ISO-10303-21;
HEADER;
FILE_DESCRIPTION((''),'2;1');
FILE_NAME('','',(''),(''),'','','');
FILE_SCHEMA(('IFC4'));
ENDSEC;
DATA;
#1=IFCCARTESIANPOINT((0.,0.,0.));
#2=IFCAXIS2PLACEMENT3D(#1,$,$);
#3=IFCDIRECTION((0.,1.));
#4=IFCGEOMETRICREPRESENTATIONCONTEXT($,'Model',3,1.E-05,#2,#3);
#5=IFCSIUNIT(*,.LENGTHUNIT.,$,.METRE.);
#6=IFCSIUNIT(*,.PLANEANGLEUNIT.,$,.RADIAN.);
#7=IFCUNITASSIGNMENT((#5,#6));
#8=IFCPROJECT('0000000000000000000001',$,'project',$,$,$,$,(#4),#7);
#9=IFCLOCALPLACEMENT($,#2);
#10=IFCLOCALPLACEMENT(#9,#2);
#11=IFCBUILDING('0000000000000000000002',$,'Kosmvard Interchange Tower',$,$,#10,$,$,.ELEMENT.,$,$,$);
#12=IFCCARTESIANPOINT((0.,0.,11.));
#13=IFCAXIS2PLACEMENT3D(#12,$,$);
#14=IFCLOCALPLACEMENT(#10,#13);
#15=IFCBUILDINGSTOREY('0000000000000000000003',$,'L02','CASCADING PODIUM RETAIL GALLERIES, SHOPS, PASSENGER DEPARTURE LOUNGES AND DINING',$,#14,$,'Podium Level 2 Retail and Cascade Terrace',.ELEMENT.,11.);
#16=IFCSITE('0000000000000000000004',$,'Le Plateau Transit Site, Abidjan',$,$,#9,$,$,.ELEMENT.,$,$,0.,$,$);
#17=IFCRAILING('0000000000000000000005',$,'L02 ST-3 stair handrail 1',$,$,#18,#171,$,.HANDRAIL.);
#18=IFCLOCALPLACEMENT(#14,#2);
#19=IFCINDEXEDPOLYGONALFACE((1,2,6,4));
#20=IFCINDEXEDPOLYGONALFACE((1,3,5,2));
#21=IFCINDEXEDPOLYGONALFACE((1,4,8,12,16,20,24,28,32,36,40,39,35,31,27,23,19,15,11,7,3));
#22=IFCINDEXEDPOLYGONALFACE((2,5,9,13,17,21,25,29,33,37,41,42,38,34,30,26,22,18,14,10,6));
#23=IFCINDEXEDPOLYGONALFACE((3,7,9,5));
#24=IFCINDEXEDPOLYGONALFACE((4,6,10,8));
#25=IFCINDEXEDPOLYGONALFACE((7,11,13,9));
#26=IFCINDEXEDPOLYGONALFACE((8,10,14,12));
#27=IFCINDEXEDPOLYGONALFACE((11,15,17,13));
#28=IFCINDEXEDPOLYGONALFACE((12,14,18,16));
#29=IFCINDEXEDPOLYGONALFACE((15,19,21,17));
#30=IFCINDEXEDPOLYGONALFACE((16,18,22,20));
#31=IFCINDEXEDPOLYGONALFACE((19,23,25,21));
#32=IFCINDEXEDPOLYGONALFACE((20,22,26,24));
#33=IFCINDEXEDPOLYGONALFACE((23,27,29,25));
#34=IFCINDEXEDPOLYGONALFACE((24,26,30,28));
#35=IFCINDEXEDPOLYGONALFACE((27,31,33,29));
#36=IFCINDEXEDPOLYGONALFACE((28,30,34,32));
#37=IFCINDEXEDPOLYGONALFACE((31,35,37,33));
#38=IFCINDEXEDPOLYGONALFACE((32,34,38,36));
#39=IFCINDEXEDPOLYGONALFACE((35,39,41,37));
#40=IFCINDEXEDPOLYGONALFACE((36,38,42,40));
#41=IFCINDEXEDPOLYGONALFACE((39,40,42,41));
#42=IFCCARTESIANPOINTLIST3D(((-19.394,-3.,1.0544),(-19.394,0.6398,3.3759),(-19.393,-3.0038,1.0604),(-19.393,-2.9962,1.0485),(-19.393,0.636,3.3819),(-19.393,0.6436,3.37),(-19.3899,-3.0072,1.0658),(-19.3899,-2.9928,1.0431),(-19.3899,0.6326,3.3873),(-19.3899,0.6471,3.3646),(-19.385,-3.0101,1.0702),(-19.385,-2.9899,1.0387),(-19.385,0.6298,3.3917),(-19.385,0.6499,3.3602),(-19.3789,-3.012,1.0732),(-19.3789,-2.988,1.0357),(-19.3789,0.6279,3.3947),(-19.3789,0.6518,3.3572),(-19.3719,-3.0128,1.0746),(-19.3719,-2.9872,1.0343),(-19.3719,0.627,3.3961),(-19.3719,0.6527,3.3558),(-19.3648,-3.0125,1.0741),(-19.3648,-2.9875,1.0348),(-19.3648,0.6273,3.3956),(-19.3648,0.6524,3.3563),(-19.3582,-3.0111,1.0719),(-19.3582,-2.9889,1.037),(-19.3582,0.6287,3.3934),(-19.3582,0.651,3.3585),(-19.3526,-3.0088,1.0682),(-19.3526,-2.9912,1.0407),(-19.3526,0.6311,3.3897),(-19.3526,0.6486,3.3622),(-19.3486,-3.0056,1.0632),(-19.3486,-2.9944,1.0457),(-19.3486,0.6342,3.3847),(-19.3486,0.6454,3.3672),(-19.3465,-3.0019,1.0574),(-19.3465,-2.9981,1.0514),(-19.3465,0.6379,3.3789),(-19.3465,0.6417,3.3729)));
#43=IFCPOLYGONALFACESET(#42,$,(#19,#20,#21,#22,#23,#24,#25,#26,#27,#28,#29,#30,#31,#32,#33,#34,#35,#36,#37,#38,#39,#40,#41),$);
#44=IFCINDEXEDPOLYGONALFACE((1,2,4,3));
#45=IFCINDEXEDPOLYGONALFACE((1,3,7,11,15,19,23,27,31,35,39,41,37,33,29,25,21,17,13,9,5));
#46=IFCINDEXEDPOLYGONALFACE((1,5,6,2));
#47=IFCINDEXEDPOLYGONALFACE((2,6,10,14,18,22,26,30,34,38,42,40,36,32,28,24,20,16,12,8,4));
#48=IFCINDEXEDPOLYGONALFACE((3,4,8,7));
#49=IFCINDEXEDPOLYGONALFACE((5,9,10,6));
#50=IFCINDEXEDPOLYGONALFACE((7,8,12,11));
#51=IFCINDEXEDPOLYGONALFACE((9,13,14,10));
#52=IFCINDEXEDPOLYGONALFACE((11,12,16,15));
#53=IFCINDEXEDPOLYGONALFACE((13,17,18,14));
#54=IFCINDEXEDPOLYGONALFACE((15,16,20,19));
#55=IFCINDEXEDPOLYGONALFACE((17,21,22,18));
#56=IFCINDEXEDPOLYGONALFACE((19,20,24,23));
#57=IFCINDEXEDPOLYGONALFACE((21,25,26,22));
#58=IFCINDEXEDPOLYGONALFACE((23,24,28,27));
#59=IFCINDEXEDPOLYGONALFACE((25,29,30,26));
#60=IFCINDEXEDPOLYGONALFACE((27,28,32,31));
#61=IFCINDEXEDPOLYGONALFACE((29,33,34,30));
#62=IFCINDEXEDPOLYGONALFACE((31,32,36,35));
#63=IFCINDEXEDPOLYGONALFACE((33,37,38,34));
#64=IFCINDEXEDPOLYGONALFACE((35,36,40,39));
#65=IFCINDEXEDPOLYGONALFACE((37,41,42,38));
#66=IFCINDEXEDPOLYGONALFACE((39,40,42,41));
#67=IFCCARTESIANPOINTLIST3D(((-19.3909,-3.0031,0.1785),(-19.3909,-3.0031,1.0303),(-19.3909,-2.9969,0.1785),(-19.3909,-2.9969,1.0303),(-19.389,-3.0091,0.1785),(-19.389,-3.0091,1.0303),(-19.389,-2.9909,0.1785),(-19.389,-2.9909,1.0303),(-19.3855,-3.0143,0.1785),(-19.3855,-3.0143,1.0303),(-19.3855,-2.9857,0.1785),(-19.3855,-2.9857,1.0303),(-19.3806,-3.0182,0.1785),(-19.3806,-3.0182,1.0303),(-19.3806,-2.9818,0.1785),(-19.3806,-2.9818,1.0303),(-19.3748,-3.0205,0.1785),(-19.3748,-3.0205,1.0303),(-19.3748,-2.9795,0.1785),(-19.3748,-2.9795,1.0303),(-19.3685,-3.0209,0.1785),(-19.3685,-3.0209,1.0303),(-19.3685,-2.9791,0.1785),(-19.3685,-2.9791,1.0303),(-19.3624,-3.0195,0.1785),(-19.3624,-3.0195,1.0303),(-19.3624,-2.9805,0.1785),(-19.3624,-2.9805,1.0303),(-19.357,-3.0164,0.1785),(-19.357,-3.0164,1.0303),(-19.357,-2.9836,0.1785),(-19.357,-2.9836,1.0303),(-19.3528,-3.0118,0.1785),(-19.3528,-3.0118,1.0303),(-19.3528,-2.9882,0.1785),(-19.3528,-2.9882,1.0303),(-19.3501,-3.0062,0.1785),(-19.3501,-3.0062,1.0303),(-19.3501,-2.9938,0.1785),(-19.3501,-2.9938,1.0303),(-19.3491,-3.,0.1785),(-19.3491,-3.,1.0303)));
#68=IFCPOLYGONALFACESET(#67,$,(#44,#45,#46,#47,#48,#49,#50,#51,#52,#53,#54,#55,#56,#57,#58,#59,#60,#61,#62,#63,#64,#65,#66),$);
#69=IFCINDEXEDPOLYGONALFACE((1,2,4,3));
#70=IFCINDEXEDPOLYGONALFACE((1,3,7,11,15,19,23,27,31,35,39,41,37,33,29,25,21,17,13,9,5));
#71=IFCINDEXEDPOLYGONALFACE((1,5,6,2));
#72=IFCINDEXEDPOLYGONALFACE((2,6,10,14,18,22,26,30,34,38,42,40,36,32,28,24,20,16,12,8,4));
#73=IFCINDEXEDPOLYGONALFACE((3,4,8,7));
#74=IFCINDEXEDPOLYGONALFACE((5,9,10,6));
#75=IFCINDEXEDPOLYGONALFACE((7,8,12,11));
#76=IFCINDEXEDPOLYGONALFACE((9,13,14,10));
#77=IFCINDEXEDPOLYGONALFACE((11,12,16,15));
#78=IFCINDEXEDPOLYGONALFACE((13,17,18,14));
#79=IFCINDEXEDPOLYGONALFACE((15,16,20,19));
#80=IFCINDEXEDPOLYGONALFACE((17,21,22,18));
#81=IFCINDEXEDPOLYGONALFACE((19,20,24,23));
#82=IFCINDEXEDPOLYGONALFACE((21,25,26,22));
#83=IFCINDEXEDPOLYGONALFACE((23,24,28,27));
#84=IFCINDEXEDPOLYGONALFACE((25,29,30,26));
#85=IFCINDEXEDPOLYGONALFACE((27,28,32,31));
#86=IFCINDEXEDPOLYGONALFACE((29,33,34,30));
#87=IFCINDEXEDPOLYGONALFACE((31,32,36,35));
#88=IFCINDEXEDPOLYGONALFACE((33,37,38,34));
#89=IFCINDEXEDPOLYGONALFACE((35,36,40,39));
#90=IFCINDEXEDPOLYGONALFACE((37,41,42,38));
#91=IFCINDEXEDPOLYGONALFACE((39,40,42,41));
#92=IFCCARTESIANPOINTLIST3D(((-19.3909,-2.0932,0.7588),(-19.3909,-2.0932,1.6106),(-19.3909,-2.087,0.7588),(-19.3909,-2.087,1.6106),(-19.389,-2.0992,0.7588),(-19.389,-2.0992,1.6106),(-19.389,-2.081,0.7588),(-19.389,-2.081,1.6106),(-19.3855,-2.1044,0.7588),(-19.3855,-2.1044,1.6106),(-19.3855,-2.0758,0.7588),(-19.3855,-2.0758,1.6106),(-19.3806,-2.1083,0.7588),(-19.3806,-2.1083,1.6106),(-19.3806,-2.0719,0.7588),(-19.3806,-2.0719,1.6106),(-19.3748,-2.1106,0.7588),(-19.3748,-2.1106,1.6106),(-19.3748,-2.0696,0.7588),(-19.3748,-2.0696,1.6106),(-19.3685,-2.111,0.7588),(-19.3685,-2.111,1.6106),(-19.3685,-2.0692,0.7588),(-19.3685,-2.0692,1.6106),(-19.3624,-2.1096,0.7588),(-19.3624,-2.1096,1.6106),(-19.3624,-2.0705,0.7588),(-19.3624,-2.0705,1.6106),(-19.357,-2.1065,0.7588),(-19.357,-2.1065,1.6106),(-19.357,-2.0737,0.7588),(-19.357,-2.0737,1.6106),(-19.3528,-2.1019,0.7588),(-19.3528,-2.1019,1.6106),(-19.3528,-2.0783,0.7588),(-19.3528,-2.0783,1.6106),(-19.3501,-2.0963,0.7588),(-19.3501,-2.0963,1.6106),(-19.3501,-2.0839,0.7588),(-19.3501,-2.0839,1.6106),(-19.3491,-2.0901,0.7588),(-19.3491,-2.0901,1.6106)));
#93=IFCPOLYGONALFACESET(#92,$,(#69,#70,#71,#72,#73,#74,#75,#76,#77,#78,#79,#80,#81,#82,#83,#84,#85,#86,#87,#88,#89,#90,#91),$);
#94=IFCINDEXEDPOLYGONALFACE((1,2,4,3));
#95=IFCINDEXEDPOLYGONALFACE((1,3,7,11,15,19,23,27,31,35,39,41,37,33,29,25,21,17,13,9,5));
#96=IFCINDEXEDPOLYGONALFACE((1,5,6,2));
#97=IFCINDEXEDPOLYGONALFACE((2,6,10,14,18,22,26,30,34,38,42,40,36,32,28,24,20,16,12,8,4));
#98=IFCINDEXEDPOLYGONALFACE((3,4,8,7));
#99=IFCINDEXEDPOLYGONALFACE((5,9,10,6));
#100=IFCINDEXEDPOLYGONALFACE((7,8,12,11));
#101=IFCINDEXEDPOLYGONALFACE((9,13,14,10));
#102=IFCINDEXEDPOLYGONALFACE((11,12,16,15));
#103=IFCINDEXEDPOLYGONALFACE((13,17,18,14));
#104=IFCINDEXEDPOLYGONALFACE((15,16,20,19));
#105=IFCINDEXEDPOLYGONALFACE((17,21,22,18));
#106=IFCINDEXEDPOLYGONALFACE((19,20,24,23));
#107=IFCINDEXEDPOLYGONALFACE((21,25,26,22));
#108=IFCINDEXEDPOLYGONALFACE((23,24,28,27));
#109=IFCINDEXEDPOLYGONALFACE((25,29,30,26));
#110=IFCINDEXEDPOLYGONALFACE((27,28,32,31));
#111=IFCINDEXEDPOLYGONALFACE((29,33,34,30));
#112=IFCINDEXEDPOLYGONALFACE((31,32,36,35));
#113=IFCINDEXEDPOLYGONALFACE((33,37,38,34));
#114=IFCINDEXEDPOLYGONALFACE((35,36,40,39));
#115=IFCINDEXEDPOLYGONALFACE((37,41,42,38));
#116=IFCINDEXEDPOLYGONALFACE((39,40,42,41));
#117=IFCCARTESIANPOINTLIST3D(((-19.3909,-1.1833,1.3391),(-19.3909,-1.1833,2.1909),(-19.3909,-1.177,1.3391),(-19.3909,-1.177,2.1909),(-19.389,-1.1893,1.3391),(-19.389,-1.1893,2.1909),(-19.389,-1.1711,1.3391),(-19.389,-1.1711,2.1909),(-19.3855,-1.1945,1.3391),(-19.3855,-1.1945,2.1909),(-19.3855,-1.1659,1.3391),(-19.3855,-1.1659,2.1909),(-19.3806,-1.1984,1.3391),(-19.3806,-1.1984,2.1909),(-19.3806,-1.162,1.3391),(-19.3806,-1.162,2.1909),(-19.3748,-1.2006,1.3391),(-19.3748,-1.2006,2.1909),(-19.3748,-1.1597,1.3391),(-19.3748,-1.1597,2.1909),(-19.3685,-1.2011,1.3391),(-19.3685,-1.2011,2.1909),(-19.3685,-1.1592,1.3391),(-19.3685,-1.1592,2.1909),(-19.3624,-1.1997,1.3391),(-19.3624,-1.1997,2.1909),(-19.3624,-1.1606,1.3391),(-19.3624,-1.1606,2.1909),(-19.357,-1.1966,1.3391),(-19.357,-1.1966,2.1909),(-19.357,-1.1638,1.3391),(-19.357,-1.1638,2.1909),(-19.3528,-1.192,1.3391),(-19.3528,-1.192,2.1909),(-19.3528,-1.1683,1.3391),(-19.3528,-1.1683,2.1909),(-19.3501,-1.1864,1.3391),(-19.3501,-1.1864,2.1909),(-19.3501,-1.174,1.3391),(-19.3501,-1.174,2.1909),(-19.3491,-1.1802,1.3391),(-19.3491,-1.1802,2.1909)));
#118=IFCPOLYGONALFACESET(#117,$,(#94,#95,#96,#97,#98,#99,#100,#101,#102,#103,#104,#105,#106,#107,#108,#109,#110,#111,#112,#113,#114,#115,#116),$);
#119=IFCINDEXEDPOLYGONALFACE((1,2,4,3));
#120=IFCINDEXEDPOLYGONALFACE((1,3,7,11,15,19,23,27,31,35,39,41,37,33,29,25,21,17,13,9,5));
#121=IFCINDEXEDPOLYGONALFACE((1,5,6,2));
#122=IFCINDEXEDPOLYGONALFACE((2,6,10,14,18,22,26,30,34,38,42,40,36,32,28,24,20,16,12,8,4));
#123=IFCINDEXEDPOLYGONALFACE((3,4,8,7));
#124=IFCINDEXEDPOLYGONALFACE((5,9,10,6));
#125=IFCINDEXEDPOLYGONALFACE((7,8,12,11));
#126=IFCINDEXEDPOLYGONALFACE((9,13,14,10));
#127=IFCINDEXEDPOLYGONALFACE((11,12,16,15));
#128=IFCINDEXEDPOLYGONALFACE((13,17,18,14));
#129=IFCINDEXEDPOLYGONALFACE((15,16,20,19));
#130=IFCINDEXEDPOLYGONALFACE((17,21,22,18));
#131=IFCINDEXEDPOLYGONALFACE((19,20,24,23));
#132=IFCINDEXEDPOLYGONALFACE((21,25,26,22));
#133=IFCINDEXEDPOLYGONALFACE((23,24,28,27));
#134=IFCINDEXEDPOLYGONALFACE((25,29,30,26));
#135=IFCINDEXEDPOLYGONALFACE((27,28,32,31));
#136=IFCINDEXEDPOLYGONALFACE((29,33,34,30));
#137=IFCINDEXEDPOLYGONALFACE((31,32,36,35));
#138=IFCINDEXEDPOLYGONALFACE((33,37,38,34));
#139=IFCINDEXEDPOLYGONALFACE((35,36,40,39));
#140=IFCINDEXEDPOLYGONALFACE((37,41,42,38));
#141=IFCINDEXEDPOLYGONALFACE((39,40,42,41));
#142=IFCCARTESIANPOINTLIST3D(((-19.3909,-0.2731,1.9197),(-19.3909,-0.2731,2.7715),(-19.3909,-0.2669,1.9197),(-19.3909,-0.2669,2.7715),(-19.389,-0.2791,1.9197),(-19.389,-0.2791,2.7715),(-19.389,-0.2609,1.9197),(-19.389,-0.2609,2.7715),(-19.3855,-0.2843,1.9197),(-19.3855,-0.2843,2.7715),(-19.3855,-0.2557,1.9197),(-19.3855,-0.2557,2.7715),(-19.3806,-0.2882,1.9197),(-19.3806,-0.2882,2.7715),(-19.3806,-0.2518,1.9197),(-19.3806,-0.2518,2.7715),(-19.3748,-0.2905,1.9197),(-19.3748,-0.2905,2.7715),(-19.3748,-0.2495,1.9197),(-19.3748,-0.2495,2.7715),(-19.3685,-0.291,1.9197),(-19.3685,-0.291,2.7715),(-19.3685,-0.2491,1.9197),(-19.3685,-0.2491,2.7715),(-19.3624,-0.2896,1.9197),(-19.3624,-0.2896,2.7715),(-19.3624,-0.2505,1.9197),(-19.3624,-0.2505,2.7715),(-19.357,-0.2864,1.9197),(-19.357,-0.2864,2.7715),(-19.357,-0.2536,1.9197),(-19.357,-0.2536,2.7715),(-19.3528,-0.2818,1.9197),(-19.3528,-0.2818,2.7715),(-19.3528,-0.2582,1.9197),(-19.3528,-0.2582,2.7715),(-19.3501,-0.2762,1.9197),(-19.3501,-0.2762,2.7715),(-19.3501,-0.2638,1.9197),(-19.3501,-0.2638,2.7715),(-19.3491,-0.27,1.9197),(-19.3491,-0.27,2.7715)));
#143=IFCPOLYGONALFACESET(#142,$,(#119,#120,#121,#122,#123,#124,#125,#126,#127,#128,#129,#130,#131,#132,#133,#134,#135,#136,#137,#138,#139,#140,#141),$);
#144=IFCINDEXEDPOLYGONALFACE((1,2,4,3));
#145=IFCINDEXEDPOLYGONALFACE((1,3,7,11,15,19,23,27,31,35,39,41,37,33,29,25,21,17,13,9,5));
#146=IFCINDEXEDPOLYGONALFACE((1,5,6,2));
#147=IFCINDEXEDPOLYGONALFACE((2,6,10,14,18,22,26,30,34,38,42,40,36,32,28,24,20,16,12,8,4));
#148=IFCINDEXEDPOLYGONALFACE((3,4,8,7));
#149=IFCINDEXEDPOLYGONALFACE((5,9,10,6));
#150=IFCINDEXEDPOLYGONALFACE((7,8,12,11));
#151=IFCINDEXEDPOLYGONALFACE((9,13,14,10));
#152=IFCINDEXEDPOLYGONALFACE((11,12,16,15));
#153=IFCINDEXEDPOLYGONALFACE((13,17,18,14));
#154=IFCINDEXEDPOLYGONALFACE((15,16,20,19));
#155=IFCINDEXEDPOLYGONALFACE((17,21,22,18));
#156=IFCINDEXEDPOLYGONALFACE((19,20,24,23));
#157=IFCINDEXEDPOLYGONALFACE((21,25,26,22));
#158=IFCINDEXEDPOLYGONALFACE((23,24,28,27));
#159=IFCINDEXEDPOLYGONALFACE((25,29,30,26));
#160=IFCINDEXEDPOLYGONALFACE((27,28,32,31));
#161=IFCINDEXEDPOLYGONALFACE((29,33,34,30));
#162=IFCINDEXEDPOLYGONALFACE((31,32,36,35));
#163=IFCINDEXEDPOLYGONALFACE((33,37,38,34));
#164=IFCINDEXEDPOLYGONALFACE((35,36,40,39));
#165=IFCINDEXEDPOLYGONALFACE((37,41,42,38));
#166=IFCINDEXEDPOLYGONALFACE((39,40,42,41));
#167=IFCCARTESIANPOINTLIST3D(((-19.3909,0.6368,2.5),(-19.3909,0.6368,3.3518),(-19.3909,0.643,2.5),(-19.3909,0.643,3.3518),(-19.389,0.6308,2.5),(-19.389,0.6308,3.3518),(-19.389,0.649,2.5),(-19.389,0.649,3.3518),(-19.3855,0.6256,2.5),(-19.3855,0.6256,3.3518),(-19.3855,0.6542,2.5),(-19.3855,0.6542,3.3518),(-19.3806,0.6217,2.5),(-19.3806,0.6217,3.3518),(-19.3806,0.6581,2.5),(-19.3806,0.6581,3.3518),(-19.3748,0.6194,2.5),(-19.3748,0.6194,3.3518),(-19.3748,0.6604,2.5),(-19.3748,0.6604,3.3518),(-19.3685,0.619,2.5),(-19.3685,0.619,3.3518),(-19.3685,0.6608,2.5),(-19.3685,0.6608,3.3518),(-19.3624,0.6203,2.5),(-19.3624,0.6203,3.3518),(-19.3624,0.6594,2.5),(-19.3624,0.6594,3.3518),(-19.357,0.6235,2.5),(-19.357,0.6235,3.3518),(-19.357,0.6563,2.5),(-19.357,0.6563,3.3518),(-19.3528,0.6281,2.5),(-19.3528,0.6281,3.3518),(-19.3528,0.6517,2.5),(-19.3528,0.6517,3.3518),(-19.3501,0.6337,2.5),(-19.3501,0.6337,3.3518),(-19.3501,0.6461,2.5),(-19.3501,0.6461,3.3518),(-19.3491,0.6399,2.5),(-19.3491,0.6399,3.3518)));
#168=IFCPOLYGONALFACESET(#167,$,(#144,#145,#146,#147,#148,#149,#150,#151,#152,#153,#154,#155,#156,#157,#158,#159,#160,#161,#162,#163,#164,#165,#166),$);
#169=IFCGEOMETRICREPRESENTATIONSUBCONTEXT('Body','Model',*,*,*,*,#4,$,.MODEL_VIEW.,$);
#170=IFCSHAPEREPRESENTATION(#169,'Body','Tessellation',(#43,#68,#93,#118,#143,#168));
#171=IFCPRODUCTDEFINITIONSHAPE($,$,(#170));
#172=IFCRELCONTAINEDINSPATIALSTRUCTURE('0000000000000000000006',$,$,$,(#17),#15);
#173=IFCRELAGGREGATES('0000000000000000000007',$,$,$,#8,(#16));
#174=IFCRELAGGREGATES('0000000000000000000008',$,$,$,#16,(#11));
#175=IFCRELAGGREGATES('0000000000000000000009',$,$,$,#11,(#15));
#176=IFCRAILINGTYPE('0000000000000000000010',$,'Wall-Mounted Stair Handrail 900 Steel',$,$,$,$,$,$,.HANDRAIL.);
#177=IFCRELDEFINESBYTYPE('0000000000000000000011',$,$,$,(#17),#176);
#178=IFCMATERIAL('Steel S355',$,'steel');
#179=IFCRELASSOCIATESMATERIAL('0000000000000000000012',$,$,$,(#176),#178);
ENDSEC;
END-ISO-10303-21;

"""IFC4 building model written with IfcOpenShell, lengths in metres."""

from ifc_helpers import new_model, si_unit, direction, frame, origin, origin_2d, place, context, subcontext, project, spatial, circle, extrude, source, transform, mapped, material, type_object, element, save


model = new_model("IFC4")

# Units and contexts
model_context = context("Model", 3, precision=1e-05, world=origin(), true_north=direction((0.0, 1.0)))
body_context = subcontext(model_context, "Body", "Model", "MODEL_VIEW")
ifc_project = project(units=[si_unit("LENGTHUNIT", "METRE"), si_unit("PLANEANGLEUNIT", "RADIAN")], contexts=[model_context])

# Site, building, storey
site_placement = place(None, origin())
site = spatial("IfcSite", under=ifc_project, at=site_placement, Name="Le Plateau Transit Site, Abidjan", CompositionType="ELEMENT", RefElevation=0.0)
building_placement = place(site_placement, origin())
building = spatial("IfcBuilding", under=site, at=building_placement, Name="Kosmvard Interchange Tower", CompositionType="ELEMENT")
storey_placement = place(building_placement, frame((0.0, 0.0, 11.0)))
storey = spatial("IfcBuildingStorey", under=building, at=storey_placement, Name="L02", Description="CASCADING PODIUM RETAIL GALLERIES, SHOPS, PASSENGER DEPARTURE LOUNGES AND DINING", LongName="Podium Level 2 Retail and Cascade Terrace", CompositionType="ELEMENT", Elevation=11.0)

# Shared definitions
ifc_material_1 = material(Name="Steel S355", Category="steel")

# Railing
railing_type_1 = type_object("IfcRailingType", Name="Wall-Mounted Stair Handrail 900 Steel", PredefinedType="HANDRAIL", material=ifc_material_1)
shared_shape_1 = source(origin(), body_context, "Body", "SweptSolid", [
    extrude(circle(Radius=0.0239, at=origin_2d()), frame((0.0, 0.0, 0.876), z_axis=(0.0, 0.843112, 0.537739), x_axis=(-1.0, 0.0, 0.0)), (0.0, 0.0, 1.0), 4.3171),
    extrude(circle(Radius=0.021, at=origin_2d()), origin(), (0.0, 0.0, 1.0), 0.8518),
    extrude(circle(Radius=0.021, at=origin_2d()), frame((0.0, 0.9099, 0.5803)), (0.0, 0.0, 1.0), 0.8518),
    extrude(circle(Radius=0.021, at=origin_2d()), frame((0.0, 1.8198, 1.1606)), (0.0, 0.0, 1.0), 0.8518),
    extrude(circle(Radius=0.021, at=origin_2d()), frame((0.0, 2.73, 1.7412)), (0.0, 0.0, 1.0), 0.8518),
    extrude(circle(Radius=0.021, at=origin_2d()), frame((0.0, 3.6399, 2.3215)), (0.0, 0.0, 1.0), 0.8518),
])
railing_1_placement = place(storey_placement, frame((-19.3701, -3.0, 0.1785)))
element("IfcRailing", 1, at=railing_1_placement, inside=storey, type_object=railing_type_1, Name="L02 ST-3 stair handrail 1", PredefinedType="HANDRAIL", context=body_context, shape_type="MappedRepresentation", body=[
    mapped(shared_shape_1, transform((0.0, 0.0, 0.0), scale=1.0)),
])

save(model, "model.ifc")
